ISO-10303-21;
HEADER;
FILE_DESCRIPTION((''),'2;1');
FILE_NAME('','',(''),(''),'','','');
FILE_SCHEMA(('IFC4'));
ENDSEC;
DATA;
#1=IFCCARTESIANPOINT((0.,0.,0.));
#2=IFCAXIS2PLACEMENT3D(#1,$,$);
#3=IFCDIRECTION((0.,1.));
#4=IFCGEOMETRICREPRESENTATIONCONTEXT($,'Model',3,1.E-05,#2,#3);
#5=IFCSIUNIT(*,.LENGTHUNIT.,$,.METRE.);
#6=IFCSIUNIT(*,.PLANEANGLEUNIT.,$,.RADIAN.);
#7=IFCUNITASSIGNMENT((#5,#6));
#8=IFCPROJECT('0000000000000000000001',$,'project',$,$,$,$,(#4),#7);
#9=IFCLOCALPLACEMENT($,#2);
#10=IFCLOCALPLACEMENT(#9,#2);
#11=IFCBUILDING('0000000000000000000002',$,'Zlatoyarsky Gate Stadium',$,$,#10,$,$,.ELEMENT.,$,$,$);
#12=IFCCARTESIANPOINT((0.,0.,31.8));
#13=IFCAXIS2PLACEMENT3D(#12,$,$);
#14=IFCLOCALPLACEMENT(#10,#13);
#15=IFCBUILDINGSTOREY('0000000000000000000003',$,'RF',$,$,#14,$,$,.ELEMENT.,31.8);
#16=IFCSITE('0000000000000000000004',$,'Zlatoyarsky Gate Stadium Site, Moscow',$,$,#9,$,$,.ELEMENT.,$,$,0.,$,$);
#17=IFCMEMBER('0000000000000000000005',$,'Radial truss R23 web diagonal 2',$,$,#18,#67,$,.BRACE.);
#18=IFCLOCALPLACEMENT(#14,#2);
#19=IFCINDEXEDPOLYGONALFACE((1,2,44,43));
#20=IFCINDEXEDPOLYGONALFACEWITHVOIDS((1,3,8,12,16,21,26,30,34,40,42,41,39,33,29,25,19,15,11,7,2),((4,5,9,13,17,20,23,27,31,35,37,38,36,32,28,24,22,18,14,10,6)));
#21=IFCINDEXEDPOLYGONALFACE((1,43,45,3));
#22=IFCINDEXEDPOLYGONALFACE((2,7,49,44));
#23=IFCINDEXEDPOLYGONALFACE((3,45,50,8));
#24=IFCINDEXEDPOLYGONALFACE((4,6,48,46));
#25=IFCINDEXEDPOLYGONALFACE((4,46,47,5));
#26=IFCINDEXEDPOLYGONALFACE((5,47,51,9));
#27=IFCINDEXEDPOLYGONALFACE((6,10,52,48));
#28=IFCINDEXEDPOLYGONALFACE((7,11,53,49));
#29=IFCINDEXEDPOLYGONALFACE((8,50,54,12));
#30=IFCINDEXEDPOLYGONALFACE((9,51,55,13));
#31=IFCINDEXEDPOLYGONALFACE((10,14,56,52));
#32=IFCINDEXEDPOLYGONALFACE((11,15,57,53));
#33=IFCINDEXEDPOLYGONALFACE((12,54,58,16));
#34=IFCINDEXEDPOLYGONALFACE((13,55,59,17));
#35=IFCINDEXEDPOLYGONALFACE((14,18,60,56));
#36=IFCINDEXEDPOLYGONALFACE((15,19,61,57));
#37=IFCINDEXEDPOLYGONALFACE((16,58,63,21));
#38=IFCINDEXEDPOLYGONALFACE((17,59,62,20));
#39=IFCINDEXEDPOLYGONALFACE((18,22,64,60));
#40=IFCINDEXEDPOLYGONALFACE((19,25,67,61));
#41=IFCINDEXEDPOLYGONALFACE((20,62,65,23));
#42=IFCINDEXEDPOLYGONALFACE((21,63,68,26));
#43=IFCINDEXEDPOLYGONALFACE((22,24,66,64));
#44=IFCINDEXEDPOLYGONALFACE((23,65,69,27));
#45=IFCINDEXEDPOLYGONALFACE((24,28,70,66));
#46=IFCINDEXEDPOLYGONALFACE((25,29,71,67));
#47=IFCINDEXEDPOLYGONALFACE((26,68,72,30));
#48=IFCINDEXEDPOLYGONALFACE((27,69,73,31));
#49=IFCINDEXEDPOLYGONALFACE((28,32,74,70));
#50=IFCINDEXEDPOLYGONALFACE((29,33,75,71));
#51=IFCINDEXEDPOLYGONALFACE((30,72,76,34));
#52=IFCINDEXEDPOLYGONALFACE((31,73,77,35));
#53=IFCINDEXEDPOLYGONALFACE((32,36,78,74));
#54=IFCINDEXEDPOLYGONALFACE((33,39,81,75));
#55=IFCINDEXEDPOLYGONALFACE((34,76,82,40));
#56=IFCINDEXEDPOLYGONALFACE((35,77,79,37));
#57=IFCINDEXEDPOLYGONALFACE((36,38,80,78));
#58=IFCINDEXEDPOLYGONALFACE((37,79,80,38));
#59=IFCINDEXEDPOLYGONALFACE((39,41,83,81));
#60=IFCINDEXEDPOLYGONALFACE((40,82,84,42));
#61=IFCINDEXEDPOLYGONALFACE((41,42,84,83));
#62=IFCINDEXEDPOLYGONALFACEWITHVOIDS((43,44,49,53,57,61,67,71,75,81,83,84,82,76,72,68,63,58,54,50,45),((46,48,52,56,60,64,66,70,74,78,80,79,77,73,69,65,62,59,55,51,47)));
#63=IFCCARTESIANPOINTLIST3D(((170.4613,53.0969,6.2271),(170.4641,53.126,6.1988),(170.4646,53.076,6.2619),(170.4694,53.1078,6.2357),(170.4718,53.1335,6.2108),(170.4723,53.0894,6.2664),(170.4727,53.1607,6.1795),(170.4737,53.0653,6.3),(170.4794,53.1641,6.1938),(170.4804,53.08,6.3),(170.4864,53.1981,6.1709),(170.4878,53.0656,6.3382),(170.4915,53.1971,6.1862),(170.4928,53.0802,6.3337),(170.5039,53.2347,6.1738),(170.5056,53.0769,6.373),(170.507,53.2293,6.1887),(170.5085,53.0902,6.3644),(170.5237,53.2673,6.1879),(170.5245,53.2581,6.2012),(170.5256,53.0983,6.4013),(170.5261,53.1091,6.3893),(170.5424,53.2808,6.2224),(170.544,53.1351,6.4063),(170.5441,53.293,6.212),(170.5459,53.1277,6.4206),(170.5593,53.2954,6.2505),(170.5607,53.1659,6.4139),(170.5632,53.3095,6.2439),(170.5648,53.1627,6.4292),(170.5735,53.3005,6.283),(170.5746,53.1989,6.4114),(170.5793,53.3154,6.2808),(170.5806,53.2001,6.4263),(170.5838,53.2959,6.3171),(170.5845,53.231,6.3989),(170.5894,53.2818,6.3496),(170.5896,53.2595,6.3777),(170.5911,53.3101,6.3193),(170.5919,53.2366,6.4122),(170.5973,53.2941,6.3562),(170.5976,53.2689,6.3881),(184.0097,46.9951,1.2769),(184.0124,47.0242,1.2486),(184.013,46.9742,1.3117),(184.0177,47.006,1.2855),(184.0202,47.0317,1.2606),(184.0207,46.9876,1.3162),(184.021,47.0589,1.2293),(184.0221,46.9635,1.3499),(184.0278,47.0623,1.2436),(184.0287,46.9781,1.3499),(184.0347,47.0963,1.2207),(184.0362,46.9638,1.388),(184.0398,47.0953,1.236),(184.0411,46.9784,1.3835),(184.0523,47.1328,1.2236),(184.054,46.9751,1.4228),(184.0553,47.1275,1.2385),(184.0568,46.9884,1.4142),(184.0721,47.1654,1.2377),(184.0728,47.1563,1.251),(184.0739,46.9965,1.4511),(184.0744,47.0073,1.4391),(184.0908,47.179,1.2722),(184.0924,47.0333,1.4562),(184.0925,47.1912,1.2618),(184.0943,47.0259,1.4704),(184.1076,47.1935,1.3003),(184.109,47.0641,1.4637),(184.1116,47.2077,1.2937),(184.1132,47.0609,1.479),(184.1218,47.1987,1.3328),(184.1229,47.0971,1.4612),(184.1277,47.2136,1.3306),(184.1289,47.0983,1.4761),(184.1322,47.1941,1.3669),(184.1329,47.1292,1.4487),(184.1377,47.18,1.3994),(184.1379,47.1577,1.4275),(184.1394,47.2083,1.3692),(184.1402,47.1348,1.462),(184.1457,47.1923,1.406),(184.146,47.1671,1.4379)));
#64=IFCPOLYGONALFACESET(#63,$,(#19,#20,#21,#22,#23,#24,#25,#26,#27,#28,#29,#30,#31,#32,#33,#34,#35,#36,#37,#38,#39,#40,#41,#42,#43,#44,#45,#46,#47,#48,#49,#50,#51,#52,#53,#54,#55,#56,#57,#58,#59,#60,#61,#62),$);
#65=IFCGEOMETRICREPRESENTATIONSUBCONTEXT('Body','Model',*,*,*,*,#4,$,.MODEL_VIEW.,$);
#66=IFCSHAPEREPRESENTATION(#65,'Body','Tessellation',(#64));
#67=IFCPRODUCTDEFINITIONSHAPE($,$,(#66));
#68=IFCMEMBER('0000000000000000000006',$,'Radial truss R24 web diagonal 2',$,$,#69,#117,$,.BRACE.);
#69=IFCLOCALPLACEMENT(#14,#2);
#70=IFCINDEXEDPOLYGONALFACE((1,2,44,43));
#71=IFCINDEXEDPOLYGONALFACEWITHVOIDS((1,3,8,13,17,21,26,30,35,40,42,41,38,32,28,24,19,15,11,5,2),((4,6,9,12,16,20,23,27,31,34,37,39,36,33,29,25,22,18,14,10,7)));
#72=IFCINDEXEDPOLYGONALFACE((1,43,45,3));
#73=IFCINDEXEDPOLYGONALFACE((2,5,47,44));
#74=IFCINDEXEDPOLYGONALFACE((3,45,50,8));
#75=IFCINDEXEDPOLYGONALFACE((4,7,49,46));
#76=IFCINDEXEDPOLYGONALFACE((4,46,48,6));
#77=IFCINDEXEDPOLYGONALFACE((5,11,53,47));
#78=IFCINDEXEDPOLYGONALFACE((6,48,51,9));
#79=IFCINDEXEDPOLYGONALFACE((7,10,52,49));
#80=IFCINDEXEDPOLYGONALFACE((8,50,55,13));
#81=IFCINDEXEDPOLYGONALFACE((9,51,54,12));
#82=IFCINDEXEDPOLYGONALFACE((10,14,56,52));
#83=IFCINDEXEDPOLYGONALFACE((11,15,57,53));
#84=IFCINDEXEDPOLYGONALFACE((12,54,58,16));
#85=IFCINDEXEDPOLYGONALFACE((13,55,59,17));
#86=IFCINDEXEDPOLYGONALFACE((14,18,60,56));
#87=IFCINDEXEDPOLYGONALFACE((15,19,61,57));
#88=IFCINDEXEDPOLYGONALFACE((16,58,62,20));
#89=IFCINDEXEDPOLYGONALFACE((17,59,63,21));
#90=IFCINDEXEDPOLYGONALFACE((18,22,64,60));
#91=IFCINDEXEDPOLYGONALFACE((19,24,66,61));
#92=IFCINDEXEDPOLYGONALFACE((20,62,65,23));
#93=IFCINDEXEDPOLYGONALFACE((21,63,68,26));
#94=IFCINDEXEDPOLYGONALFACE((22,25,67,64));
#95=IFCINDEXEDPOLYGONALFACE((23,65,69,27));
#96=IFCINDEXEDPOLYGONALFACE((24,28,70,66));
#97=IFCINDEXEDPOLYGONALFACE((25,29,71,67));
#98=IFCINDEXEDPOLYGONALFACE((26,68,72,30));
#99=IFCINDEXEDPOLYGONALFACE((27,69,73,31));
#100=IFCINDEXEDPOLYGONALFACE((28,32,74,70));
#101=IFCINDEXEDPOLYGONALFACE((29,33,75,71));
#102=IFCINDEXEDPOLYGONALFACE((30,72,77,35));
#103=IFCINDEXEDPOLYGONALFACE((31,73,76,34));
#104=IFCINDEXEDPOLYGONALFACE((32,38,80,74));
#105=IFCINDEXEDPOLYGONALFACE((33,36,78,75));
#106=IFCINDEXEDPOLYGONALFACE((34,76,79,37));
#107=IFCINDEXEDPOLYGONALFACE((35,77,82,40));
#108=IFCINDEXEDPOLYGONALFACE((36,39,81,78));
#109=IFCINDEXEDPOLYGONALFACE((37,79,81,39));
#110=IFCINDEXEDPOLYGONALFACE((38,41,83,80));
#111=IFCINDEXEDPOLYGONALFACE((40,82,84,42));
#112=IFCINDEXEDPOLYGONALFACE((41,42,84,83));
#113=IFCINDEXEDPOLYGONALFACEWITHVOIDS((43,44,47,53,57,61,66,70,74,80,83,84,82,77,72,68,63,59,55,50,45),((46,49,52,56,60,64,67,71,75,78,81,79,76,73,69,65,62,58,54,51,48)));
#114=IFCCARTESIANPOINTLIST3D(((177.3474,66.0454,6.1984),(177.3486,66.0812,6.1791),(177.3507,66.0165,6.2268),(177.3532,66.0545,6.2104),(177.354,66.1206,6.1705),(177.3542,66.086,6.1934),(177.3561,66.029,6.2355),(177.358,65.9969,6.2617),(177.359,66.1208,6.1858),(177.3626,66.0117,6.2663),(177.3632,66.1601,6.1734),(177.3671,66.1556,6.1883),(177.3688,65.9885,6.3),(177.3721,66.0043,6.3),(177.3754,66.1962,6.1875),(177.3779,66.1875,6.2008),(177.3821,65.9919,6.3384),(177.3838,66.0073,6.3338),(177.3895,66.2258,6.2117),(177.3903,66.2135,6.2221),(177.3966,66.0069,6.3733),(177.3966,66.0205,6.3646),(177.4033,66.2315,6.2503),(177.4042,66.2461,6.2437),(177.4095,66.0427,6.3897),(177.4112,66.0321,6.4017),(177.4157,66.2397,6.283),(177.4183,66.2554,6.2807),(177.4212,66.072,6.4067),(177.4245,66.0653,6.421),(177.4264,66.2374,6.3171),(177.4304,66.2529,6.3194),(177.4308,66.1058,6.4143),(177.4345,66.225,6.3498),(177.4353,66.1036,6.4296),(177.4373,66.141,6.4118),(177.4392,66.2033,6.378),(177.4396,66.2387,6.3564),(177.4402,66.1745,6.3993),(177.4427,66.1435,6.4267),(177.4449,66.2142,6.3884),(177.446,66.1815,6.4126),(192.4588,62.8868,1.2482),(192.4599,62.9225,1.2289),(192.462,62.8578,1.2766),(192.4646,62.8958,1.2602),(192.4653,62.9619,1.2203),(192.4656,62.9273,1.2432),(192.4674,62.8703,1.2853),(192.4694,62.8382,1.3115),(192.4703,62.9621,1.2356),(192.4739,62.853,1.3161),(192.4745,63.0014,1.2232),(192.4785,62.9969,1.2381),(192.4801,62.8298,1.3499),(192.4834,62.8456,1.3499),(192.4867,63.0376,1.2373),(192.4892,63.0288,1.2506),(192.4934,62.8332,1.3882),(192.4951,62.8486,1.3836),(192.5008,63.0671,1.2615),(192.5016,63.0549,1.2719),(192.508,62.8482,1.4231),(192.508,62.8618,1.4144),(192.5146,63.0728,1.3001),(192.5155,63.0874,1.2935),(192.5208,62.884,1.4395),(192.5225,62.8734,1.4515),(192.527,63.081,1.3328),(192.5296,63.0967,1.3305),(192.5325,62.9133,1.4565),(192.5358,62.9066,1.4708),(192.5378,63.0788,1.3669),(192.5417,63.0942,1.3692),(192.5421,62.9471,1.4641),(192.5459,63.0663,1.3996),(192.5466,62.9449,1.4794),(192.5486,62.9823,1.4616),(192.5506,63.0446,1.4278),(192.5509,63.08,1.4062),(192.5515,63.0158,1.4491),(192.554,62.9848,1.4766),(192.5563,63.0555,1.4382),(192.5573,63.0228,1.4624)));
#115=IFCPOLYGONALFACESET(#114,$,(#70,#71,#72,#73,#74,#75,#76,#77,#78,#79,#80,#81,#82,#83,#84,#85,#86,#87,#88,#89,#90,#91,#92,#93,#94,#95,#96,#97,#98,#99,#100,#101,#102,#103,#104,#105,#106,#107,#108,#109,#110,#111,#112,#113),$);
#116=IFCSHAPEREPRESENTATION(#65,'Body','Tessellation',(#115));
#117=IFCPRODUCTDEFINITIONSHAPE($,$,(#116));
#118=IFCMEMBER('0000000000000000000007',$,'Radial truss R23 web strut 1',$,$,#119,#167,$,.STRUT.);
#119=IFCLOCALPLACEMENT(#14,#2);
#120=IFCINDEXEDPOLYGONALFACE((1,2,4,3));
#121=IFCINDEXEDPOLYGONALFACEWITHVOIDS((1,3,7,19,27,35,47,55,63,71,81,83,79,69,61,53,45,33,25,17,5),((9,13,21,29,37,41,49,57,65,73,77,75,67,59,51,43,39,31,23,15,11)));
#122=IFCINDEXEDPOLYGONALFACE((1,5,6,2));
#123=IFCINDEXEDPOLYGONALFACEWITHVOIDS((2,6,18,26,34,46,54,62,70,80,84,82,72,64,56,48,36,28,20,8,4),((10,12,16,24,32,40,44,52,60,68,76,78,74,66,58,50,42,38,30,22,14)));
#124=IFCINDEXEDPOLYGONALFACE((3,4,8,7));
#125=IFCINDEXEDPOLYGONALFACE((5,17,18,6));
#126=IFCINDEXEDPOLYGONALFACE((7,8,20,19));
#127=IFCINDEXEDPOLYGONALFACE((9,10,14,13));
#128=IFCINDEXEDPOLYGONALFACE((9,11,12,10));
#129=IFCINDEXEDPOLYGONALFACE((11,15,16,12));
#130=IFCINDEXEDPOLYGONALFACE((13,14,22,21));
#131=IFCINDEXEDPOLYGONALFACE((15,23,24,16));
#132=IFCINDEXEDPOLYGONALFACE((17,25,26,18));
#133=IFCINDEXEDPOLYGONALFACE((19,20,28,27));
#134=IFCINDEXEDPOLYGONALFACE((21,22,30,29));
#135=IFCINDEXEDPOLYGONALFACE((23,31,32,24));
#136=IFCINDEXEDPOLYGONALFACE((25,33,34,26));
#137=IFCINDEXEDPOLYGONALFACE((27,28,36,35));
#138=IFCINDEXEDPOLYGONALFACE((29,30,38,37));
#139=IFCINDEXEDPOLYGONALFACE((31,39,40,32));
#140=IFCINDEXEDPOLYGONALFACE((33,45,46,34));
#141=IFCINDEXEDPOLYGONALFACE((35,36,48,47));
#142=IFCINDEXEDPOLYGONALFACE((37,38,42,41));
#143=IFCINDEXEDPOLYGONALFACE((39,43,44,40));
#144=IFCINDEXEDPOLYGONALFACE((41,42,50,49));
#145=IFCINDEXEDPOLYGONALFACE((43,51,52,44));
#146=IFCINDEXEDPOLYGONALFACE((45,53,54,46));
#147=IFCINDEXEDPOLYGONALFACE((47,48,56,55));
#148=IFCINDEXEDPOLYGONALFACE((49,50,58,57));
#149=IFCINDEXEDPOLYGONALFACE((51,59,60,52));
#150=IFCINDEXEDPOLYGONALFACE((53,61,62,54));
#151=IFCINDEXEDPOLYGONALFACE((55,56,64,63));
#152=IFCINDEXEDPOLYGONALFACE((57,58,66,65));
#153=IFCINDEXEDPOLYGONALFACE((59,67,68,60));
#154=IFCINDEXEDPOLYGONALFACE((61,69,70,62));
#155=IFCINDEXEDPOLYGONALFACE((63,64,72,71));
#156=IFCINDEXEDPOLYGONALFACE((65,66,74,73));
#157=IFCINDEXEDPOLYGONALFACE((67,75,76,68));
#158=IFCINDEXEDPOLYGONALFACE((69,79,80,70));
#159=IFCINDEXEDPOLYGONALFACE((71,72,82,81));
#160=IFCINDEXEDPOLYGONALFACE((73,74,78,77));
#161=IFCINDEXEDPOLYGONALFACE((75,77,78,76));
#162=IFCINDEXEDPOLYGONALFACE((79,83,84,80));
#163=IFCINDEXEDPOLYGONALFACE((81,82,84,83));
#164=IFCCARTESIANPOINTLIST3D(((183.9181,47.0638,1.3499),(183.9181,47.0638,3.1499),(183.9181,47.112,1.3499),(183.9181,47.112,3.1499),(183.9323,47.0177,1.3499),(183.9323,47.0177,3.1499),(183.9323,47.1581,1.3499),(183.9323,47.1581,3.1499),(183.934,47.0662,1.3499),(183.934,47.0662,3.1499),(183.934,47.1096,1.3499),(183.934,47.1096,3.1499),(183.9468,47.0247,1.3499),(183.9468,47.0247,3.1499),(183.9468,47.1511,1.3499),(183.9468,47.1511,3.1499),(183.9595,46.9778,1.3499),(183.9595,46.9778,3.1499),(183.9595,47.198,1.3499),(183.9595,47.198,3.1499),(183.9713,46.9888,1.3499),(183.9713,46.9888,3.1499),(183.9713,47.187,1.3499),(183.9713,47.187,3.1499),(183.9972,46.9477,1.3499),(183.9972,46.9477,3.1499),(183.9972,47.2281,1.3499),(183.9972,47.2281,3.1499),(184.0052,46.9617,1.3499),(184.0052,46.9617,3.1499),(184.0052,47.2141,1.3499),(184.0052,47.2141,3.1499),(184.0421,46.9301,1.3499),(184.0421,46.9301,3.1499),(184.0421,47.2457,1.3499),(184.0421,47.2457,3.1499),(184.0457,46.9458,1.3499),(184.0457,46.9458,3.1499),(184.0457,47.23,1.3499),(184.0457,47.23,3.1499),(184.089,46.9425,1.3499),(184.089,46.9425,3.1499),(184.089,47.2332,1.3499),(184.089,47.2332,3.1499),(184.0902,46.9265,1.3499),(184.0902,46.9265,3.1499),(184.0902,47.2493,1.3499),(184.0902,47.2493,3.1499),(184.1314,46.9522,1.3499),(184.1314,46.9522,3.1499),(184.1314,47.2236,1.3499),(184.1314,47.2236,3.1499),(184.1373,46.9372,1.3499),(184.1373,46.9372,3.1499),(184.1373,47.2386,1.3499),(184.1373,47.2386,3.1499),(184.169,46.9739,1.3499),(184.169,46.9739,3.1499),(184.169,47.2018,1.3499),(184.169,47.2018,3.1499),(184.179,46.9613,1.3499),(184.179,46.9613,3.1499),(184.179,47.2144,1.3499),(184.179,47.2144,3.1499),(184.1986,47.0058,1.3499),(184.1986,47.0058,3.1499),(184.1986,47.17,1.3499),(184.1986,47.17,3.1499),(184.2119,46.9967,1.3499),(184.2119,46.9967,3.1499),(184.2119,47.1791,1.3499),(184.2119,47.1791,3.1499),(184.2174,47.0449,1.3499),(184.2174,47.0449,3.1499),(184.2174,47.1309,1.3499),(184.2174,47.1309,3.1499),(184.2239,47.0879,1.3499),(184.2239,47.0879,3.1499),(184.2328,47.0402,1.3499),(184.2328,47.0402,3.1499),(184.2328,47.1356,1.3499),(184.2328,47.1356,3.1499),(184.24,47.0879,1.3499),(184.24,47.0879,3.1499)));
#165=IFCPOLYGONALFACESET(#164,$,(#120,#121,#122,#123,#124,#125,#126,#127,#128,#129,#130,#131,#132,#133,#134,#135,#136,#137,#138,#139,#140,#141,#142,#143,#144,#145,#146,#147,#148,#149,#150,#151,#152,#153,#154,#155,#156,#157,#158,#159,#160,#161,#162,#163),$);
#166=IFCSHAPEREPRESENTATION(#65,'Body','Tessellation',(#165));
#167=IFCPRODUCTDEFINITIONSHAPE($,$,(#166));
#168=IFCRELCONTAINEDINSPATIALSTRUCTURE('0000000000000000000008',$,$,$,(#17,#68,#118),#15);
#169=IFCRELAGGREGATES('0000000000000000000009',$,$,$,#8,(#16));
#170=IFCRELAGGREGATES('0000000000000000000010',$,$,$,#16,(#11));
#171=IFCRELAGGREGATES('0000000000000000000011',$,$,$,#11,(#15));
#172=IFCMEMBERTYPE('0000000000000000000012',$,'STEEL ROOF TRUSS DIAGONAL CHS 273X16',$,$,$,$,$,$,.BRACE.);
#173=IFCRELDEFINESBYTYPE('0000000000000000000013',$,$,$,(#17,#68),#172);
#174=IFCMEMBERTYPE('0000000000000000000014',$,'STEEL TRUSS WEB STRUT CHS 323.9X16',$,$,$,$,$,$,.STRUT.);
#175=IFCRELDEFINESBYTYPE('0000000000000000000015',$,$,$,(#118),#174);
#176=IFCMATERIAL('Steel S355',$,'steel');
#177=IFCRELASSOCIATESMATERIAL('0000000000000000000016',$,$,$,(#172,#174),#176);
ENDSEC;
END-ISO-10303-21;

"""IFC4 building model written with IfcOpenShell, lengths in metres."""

from ifc_helpers import new_model, si_unit, direction, frame, origin, origin_2d, place, context, subcontext, project, spatial, hollow_circle, extrude, material, material_profile, profile_set, type_object, element, save


model = new_model("IFC4")

# Units and contexts
model_context = context("Model", 3, precision=1e-05, world=origin(), true_north=direction((0.0, 1.0)))
body_context = subcontext(model_context, "Body", "Model", "MODEL_VIEW")
ifc_project = project(units=[si_unit("LENGTHUNIT", "METRE"), si_unit("PLANEANGLEUNIT", "RADIAN")], contexts=[model_context])

# Site, building, storey
site_placement = place(None, origin())
site = spatial("IfcSite", under=ifc_project, at=site_placement, Name="Zlatoyarsky Gate Stadium Site, Moscow", CompositionType="ELEMENT", RefElevation=0.0)
building_placement = place(site_placement, origin())
building = spatial("IfcBuilding", under=site, at=building_placement, Name="Zlatoyarsky Gate Stadium", CompositionType="ELEMENT")
storey_placement = place(building_placement, frame((0.0, 0.0, 31.8)))
storey = spatial("IfcBuildingStorey", under=building, at=storey_placement, Name="RF", CompositionType="ELEMENT", Elevation=31.8)

# Shared definitions
ifc_material_1 = material(Name="Steel S355", Category="steel")

# Members
ifc_material_profile_1 = material_profile(ifc_material_1, hollow_circle(Radius=0.1365, WallThickness=0.0161, at=origin_2d()), Name="CHS 273X16")
ifc_profile_set_1 = profile_set([ifc_material_profile_1], Name="Steel S355")
member_type_1 = type_object("IfcMemberType", Name="STEEL ROOF TRUSS DIAGONAL CHS 273X16", PredefinedType="BRACE", material=ifc_profile_set_1)
member_1_placement = place(storey_placement, frame((184.0781, 47.0879, 1.3499), z_axis=(-0.865053, 0.389596, 0.316067), x_axis=(-0.410647, -0.911794, 0.0)))
element("IfcMember", 1, at=member_1_placement, inside=storey, type_object=member_type_1, Name="Radial truss R23 web diagonal 2", PredefinedType="BRACE", context=body_context, shape_type="SweptSolid", body=[
    extrude(hollow_circle(Radius=0.1365, WallThickness=0.0161, at=origin_2d()), origin(), (0.0, 0.0, 1.0), 15.6619),
])
member_2_placement = place(storey_placement, frame((192.5081, 62.9634, 1.3499), z_axis=(-0.932099, 0.194835, 0.305338), x_axis=(-0.204606, -0.978844, 0.0)))
element("IfcMember", 2, at=member_2_placement, inside=storey, type_object=member_type_1, Name="Radial truss R24 web diagonal 2", PredefinedType="BRACE", context=body_context, shape_type="SweptSolid", body=[
    extrude(hollow_circle(Radius=0.1365, WallThickness=0.0161, at=origin_2d()), origin(), (0.0, 0.0, 1.0), 16.2122),
])
ifc_material_profile_2 = material_profile(ifc_material_1, hollow_circle(Radius=0.1619, WallThickness=0.0161, at=origin_2d()), Name="CHS 323.9X16")
ifc_profile_set_2 = profile_set([ifc_material_profile_2], Name="Steel S355")
member_type_2 = type_object("IfcMemberType", Name="STEEL TRUSS WEB STRUT CHS 323.9X16", PredefinedType="STRUT", material=ifc_profile_set_2)
for number, where, z_axis, x_axis, name in (
    (3, (184.0781, 47.0879, 1.3499), (0.0, 0.0, 1.0), (1.0, 0.0, 0.0), "Radial truss R23 web strut 1"),
):
    element("IfcMember", number, at=place(storey_placement, frame(where, z_axis=z_axis, x_axis=x_axis)), inside=storey, type_object=member_type_2, Name=name, PredefinedType="STRUT", context=body_context, shape_type="SweptSolid", body=[
        extrude(hollow_circle(Radius=0.1619, WallThickness=0.0161, at=origin_2d()), origin(), (0.0, 0.0, 1.0), 1.8),
    ])

save(model, "model.ifc")
